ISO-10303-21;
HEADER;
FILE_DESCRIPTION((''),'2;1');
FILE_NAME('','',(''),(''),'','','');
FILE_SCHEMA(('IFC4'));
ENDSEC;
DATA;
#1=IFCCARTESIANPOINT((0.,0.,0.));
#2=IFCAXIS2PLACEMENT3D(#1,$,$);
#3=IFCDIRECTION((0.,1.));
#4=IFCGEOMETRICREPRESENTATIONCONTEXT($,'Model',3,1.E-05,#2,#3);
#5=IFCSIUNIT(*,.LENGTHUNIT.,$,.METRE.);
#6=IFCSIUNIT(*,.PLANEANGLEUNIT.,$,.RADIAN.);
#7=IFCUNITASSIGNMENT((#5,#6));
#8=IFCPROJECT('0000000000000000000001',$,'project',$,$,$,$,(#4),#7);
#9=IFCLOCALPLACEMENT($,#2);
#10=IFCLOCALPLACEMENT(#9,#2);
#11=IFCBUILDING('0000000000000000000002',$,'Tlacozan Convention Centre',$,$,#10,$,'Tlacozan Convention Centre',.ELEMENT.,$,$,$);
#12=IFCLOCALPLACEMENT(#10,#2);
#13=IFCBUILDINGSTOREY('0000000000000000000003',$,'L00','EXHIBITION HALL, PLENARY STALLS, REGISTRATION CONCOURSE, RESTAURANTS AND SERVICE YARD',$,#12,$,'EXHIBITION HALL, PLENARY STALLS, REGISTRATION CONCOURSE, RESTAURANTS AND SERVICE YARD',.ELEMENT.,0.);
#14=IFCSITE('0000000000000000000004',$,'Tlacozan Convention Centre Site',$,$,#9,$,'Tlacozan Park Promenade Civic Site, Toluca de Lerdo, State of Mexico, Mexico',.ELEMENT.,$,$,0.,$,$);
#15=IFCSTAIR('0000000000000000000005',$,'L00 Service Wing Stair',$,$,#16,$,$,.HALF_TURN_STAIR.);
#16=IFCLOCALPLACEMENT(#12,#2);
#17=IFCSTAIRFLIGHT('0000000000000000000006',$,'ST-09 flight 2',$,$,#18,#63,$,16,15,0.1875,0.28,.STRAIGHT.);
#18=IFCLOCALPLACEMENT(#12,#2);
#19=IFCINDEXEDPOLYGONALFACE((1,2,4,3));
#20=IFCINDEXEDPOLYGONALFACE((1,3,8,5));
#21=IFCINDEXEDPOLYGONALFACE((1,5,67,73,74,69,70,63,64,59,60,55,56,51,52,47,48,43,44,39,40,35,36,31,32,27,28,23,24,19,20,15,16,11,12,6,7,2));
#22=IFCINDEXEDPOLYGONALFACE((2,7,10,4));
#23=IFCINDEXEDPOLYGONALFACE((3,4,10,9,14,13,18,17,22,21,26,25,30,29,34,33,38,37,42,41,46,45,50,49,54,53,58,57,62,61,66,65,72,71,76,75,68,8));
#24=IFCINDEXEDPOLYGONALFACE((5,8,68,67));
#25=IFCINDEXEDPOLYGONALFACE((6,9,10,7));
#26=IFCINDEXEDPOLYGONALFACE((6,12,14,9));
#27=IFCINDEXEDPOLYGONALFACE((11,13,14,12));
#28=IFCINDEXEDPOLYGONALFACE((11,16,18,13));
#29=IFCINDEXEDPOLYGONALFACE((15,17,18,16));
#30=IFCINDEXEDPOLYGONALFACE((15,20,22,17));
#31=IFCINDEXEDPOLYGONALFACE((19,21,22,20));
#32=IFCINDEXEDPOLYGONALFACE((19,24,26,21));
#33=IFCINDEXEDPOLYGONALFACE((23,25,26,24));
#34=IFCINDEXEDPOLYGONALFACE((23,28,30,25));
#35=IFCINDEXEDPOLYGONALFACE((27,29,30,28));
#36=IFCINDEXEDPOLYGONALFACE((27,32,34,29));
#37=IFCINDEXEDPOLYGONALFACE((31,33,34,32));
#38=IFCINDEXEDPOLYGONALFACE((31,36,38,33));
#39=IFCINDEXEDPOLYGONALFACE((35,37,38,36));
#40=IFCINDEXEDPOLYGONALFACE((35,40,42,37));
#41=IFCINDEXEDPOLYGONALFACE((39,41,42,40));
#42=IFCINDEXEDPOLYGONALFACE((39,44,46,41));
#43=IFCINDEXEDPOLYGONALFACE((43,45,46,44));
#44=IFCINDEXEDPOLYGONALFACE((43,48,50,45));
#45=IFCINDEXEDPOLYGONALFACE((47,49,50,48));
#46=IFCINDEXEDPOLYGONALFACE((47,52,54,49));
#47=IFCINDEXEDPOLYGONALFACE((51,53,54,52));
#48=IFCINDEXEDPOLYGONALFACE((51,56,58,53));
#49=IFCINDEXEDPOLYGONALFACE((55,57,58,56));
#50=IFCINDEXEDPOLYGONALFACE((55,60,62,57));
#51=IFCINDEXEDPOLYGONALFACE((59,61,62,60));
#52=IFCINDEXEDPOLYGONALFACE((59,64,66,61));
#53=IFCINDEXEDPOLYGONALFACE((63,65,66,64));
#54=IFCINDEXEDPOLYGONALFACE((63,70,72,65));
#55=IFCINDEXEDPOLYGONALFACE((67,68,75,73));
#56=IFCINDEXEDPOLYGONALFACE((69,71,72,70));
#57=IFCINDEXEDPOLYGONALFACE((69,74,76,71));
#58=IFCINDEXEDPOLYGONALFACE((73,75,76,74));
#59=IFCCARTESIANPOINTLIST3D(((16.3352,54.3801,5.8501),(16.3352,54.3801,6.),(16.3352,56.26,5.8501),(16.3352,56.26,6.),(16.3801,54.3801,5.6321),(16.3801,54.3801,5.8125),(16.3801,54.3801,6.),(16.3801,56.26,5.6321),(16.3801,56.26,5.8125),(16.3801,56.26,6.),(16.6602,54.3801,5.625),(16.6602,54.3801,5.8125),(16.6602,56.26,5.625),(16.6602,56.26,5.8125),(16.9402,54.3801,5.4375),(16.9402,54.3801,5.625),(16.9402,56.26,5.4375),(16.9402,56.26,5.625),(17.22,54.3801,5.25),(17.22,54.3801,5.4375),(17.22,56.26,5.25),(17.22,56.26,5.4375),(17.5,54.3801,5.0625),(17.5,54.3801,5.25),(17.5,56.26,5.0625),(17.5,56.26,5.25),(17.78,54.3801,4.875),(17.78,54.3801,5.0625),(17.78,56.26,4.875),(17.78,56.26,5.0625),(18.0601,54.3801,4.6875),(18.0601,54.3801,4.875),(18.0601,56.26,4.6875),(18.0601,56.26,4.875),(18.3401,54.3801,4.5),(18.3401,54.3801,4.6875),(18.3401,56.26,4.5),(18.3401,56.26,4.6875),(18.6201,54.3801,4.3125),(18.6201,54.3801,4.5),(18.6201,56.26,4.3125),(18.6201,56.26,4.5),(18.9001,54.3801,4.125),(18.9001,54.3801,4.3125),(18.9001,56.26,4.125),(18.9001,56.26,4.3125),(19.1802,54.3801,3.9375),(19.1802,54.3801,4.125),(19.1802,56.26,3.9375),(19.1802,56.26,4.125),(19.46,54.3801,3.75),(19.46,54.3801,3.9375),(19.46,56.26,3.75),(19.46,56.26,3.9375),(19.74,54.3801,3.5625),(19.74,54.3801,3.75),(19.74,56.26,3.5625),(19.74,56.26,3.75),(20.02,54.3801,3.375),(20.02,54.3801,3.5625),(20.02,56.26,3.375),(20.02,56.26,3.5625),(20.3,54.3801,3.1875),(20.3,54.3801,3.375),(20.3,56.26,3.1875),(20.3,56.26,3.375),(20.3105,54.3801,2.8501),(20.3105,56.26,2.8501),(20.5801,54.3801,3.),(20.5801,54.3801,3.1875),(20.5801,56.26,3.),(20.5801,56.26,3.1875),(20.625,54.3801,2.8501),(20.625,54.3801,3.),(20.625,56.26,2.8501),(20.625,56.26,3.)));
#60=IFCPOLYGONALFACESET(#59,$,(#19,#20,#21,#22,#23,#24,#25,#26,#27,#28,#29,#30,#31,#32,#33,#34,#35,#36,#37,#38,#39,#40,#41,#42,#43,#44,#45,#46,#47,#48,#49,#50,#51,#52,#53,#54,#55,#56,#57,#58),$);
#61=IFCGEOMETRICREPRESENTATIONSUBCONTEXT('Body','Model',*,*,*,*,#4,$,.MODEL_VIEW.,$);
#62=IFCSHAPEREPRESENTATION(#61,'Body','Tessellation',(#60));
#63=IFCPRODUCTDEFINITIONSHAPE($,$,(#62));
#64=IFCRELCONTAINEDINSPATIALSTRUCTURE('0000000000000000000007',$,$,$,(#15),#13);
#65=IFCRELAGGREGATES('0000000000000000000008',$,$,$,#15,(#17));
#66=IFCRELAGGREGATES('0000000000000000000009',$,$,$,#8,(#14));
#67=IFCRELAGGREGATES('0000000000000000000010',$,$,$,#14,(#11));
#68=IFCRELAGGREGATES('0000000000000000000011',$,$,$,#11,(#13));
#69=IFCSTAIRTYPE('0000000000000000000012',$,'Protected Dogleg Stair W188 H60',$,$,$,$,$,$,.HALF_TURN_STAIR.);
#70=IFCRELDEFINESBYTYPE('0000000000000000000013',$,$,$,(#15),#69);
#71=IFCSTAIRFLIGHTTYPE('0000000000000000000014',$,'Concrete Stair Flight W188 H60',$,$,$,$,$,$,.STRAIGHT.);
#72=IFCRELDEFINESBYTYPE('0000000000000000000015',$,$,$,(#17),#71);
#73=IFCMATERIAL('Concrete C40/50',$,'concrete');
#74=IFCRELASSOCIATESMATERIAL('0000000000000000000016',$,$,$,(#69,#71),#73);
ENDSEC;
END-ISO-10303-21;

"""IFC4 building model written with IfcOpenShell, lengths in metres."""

from ifc_helpers import new_model, si_unit, direction, frame, origin, place, context, subcontext, project, spatial, polyline, outline, extrude, material, type_object, element, aggregate, save


model = new_model("IFC4")

# Units and contexts
model_context = context("Model", 3, precision=1e-05, world=origin(), true_north=direction((0.0, 1.0)))
body_context = subcontext(model_context, "Body", "Model", "MODEL_VIEW")
ifc_project = project(units=[si_unit("LENGTHUNIT", "METRE"), si_unit("PLANEANGLEUNIT", "RADIAN")], contexts=[model_context])

# Site, building, storey
site_placement = place(None, origin())
site = spatial("IfcSite", under=ifc_project, at=site_placement, Name="Tlacozan Convention Centre Site", LongName="Tlacozan Park Promenade Civic Site, Toluca de Lerdo, State of Mexico, Mexico", CompositionType="ELEMENT", RefElevation=0.0)
building_placement = place(site_placement, origin())
building = spatial("IfcBuilding", under=site, at=building_placement, Name="Tlacozan Convention Centre", LongName="Tlacozan Convention Centre", CompositionType="ELEMENT")
storey_placement = place(building_placement, origin())
storey = spatial("IfcBuildingStorey", under=building, at=storey_placement, Name="L00", Description="EXHIBITION HALL, PLENARY STALLS, REGISTRATION CONCOURSE, RESTAURANTS AND SERVICE YARD", LongName="EXHIBITION HALL, PLENARY STALLS, REGISTRATION CONCOURSE, RESTAURANTS AND SERVICE YARD", CompositionType="ELEMENT", Elevation=0.0)

# Shared definitions
ifc_material_1 = material(Name="Concrete C40/50", Category="concrete")

# Stair, stair flight
stair_type = type_object("IfcStairType", Name="Protected Dogleg Stair W188 H60", PredefinedType="HALF_TURN_STAIR", material=ifc_material_1)
stair_placement = place(storey_placement, origin())
stair = element("IfcStair", 1, at=stair_placement, inside=storey, type_object=stair_type, Name="L00 Service Wing Stair", PredefinedType="HALF_TURN_STAIR")
stair_flight_type = type_object("IfcStairFlightType", Name="Concrete Stair Flight W188 H60", PredefinedType="STRAIGHT", material=ifc_material_1)
stair_flight_placement = place(storey_placement, frame((20.5801, 55.3201, 3.0), z_axis=(0.0, 0.0, 1.0), x_axis=(-1.0, 0.0, 0.0)))
stair_flight = element("IfcStairFlight", 2, at=stair_flight_placement, type_object=stair_flight_type, Name="ST-09 flight 2", NumberOfRisers=16, NumberOfTreads=15, PredefinedType="STRAIGHT", RiserHeight=0.1875, TreadLength=0.28, context=body_context, shape_type="SweptSolid", body=[
    extrude(outline(polyline([(-0.0449, -0.1499), (-0.0449, 0.0), (0.0, 0.0), (0.0, 0.1875), (0.28, 0.1875), (0.28, 0.375), (0.5601, 0.375), (0.5601, 0.5625), (0.8401, 0.5625), (0.8401, 0.75), (1.1201, 0.75), (1.1201, 0.9375), (1.3999, 0.9375), (1.3999, 1.125), (1.6799, 1.125), (1.6799, 1.3125), (1.96, 1.3125), (1.96, 1.5), (2.24, 1.5), (2.24, 1.6875), (2.52, 1.6875), (2.52, 1.875), (2.8, 1.875), (2.8, 2.0625), (3.0801, 2.0625), (3.0801, 2.25), (3.3601, 2.25), (3.3601, 2.4375), (3.6399, 2.4375), (3.6399, 2.625), (3.9199, 2.625), (3.9199, 2.8125), (4.2, 2.8125), (4.2, 3.0), (4.2449, 3.0), (4.2449, 2.8501), (4.2, 2.6321), (0.2695, -0.1499), (-0.0449, -0.1499)])), frame((0.0, 0.9399, 0.0), z_axis=(0.0, -1.0, 0.0), x_axis=(1.0, 0.0, 0.0)), (0.0, 0.0, 1.0), 1.8799),
])
aggregate(stair, [stair_flight])

save(model, "model.ifc")
